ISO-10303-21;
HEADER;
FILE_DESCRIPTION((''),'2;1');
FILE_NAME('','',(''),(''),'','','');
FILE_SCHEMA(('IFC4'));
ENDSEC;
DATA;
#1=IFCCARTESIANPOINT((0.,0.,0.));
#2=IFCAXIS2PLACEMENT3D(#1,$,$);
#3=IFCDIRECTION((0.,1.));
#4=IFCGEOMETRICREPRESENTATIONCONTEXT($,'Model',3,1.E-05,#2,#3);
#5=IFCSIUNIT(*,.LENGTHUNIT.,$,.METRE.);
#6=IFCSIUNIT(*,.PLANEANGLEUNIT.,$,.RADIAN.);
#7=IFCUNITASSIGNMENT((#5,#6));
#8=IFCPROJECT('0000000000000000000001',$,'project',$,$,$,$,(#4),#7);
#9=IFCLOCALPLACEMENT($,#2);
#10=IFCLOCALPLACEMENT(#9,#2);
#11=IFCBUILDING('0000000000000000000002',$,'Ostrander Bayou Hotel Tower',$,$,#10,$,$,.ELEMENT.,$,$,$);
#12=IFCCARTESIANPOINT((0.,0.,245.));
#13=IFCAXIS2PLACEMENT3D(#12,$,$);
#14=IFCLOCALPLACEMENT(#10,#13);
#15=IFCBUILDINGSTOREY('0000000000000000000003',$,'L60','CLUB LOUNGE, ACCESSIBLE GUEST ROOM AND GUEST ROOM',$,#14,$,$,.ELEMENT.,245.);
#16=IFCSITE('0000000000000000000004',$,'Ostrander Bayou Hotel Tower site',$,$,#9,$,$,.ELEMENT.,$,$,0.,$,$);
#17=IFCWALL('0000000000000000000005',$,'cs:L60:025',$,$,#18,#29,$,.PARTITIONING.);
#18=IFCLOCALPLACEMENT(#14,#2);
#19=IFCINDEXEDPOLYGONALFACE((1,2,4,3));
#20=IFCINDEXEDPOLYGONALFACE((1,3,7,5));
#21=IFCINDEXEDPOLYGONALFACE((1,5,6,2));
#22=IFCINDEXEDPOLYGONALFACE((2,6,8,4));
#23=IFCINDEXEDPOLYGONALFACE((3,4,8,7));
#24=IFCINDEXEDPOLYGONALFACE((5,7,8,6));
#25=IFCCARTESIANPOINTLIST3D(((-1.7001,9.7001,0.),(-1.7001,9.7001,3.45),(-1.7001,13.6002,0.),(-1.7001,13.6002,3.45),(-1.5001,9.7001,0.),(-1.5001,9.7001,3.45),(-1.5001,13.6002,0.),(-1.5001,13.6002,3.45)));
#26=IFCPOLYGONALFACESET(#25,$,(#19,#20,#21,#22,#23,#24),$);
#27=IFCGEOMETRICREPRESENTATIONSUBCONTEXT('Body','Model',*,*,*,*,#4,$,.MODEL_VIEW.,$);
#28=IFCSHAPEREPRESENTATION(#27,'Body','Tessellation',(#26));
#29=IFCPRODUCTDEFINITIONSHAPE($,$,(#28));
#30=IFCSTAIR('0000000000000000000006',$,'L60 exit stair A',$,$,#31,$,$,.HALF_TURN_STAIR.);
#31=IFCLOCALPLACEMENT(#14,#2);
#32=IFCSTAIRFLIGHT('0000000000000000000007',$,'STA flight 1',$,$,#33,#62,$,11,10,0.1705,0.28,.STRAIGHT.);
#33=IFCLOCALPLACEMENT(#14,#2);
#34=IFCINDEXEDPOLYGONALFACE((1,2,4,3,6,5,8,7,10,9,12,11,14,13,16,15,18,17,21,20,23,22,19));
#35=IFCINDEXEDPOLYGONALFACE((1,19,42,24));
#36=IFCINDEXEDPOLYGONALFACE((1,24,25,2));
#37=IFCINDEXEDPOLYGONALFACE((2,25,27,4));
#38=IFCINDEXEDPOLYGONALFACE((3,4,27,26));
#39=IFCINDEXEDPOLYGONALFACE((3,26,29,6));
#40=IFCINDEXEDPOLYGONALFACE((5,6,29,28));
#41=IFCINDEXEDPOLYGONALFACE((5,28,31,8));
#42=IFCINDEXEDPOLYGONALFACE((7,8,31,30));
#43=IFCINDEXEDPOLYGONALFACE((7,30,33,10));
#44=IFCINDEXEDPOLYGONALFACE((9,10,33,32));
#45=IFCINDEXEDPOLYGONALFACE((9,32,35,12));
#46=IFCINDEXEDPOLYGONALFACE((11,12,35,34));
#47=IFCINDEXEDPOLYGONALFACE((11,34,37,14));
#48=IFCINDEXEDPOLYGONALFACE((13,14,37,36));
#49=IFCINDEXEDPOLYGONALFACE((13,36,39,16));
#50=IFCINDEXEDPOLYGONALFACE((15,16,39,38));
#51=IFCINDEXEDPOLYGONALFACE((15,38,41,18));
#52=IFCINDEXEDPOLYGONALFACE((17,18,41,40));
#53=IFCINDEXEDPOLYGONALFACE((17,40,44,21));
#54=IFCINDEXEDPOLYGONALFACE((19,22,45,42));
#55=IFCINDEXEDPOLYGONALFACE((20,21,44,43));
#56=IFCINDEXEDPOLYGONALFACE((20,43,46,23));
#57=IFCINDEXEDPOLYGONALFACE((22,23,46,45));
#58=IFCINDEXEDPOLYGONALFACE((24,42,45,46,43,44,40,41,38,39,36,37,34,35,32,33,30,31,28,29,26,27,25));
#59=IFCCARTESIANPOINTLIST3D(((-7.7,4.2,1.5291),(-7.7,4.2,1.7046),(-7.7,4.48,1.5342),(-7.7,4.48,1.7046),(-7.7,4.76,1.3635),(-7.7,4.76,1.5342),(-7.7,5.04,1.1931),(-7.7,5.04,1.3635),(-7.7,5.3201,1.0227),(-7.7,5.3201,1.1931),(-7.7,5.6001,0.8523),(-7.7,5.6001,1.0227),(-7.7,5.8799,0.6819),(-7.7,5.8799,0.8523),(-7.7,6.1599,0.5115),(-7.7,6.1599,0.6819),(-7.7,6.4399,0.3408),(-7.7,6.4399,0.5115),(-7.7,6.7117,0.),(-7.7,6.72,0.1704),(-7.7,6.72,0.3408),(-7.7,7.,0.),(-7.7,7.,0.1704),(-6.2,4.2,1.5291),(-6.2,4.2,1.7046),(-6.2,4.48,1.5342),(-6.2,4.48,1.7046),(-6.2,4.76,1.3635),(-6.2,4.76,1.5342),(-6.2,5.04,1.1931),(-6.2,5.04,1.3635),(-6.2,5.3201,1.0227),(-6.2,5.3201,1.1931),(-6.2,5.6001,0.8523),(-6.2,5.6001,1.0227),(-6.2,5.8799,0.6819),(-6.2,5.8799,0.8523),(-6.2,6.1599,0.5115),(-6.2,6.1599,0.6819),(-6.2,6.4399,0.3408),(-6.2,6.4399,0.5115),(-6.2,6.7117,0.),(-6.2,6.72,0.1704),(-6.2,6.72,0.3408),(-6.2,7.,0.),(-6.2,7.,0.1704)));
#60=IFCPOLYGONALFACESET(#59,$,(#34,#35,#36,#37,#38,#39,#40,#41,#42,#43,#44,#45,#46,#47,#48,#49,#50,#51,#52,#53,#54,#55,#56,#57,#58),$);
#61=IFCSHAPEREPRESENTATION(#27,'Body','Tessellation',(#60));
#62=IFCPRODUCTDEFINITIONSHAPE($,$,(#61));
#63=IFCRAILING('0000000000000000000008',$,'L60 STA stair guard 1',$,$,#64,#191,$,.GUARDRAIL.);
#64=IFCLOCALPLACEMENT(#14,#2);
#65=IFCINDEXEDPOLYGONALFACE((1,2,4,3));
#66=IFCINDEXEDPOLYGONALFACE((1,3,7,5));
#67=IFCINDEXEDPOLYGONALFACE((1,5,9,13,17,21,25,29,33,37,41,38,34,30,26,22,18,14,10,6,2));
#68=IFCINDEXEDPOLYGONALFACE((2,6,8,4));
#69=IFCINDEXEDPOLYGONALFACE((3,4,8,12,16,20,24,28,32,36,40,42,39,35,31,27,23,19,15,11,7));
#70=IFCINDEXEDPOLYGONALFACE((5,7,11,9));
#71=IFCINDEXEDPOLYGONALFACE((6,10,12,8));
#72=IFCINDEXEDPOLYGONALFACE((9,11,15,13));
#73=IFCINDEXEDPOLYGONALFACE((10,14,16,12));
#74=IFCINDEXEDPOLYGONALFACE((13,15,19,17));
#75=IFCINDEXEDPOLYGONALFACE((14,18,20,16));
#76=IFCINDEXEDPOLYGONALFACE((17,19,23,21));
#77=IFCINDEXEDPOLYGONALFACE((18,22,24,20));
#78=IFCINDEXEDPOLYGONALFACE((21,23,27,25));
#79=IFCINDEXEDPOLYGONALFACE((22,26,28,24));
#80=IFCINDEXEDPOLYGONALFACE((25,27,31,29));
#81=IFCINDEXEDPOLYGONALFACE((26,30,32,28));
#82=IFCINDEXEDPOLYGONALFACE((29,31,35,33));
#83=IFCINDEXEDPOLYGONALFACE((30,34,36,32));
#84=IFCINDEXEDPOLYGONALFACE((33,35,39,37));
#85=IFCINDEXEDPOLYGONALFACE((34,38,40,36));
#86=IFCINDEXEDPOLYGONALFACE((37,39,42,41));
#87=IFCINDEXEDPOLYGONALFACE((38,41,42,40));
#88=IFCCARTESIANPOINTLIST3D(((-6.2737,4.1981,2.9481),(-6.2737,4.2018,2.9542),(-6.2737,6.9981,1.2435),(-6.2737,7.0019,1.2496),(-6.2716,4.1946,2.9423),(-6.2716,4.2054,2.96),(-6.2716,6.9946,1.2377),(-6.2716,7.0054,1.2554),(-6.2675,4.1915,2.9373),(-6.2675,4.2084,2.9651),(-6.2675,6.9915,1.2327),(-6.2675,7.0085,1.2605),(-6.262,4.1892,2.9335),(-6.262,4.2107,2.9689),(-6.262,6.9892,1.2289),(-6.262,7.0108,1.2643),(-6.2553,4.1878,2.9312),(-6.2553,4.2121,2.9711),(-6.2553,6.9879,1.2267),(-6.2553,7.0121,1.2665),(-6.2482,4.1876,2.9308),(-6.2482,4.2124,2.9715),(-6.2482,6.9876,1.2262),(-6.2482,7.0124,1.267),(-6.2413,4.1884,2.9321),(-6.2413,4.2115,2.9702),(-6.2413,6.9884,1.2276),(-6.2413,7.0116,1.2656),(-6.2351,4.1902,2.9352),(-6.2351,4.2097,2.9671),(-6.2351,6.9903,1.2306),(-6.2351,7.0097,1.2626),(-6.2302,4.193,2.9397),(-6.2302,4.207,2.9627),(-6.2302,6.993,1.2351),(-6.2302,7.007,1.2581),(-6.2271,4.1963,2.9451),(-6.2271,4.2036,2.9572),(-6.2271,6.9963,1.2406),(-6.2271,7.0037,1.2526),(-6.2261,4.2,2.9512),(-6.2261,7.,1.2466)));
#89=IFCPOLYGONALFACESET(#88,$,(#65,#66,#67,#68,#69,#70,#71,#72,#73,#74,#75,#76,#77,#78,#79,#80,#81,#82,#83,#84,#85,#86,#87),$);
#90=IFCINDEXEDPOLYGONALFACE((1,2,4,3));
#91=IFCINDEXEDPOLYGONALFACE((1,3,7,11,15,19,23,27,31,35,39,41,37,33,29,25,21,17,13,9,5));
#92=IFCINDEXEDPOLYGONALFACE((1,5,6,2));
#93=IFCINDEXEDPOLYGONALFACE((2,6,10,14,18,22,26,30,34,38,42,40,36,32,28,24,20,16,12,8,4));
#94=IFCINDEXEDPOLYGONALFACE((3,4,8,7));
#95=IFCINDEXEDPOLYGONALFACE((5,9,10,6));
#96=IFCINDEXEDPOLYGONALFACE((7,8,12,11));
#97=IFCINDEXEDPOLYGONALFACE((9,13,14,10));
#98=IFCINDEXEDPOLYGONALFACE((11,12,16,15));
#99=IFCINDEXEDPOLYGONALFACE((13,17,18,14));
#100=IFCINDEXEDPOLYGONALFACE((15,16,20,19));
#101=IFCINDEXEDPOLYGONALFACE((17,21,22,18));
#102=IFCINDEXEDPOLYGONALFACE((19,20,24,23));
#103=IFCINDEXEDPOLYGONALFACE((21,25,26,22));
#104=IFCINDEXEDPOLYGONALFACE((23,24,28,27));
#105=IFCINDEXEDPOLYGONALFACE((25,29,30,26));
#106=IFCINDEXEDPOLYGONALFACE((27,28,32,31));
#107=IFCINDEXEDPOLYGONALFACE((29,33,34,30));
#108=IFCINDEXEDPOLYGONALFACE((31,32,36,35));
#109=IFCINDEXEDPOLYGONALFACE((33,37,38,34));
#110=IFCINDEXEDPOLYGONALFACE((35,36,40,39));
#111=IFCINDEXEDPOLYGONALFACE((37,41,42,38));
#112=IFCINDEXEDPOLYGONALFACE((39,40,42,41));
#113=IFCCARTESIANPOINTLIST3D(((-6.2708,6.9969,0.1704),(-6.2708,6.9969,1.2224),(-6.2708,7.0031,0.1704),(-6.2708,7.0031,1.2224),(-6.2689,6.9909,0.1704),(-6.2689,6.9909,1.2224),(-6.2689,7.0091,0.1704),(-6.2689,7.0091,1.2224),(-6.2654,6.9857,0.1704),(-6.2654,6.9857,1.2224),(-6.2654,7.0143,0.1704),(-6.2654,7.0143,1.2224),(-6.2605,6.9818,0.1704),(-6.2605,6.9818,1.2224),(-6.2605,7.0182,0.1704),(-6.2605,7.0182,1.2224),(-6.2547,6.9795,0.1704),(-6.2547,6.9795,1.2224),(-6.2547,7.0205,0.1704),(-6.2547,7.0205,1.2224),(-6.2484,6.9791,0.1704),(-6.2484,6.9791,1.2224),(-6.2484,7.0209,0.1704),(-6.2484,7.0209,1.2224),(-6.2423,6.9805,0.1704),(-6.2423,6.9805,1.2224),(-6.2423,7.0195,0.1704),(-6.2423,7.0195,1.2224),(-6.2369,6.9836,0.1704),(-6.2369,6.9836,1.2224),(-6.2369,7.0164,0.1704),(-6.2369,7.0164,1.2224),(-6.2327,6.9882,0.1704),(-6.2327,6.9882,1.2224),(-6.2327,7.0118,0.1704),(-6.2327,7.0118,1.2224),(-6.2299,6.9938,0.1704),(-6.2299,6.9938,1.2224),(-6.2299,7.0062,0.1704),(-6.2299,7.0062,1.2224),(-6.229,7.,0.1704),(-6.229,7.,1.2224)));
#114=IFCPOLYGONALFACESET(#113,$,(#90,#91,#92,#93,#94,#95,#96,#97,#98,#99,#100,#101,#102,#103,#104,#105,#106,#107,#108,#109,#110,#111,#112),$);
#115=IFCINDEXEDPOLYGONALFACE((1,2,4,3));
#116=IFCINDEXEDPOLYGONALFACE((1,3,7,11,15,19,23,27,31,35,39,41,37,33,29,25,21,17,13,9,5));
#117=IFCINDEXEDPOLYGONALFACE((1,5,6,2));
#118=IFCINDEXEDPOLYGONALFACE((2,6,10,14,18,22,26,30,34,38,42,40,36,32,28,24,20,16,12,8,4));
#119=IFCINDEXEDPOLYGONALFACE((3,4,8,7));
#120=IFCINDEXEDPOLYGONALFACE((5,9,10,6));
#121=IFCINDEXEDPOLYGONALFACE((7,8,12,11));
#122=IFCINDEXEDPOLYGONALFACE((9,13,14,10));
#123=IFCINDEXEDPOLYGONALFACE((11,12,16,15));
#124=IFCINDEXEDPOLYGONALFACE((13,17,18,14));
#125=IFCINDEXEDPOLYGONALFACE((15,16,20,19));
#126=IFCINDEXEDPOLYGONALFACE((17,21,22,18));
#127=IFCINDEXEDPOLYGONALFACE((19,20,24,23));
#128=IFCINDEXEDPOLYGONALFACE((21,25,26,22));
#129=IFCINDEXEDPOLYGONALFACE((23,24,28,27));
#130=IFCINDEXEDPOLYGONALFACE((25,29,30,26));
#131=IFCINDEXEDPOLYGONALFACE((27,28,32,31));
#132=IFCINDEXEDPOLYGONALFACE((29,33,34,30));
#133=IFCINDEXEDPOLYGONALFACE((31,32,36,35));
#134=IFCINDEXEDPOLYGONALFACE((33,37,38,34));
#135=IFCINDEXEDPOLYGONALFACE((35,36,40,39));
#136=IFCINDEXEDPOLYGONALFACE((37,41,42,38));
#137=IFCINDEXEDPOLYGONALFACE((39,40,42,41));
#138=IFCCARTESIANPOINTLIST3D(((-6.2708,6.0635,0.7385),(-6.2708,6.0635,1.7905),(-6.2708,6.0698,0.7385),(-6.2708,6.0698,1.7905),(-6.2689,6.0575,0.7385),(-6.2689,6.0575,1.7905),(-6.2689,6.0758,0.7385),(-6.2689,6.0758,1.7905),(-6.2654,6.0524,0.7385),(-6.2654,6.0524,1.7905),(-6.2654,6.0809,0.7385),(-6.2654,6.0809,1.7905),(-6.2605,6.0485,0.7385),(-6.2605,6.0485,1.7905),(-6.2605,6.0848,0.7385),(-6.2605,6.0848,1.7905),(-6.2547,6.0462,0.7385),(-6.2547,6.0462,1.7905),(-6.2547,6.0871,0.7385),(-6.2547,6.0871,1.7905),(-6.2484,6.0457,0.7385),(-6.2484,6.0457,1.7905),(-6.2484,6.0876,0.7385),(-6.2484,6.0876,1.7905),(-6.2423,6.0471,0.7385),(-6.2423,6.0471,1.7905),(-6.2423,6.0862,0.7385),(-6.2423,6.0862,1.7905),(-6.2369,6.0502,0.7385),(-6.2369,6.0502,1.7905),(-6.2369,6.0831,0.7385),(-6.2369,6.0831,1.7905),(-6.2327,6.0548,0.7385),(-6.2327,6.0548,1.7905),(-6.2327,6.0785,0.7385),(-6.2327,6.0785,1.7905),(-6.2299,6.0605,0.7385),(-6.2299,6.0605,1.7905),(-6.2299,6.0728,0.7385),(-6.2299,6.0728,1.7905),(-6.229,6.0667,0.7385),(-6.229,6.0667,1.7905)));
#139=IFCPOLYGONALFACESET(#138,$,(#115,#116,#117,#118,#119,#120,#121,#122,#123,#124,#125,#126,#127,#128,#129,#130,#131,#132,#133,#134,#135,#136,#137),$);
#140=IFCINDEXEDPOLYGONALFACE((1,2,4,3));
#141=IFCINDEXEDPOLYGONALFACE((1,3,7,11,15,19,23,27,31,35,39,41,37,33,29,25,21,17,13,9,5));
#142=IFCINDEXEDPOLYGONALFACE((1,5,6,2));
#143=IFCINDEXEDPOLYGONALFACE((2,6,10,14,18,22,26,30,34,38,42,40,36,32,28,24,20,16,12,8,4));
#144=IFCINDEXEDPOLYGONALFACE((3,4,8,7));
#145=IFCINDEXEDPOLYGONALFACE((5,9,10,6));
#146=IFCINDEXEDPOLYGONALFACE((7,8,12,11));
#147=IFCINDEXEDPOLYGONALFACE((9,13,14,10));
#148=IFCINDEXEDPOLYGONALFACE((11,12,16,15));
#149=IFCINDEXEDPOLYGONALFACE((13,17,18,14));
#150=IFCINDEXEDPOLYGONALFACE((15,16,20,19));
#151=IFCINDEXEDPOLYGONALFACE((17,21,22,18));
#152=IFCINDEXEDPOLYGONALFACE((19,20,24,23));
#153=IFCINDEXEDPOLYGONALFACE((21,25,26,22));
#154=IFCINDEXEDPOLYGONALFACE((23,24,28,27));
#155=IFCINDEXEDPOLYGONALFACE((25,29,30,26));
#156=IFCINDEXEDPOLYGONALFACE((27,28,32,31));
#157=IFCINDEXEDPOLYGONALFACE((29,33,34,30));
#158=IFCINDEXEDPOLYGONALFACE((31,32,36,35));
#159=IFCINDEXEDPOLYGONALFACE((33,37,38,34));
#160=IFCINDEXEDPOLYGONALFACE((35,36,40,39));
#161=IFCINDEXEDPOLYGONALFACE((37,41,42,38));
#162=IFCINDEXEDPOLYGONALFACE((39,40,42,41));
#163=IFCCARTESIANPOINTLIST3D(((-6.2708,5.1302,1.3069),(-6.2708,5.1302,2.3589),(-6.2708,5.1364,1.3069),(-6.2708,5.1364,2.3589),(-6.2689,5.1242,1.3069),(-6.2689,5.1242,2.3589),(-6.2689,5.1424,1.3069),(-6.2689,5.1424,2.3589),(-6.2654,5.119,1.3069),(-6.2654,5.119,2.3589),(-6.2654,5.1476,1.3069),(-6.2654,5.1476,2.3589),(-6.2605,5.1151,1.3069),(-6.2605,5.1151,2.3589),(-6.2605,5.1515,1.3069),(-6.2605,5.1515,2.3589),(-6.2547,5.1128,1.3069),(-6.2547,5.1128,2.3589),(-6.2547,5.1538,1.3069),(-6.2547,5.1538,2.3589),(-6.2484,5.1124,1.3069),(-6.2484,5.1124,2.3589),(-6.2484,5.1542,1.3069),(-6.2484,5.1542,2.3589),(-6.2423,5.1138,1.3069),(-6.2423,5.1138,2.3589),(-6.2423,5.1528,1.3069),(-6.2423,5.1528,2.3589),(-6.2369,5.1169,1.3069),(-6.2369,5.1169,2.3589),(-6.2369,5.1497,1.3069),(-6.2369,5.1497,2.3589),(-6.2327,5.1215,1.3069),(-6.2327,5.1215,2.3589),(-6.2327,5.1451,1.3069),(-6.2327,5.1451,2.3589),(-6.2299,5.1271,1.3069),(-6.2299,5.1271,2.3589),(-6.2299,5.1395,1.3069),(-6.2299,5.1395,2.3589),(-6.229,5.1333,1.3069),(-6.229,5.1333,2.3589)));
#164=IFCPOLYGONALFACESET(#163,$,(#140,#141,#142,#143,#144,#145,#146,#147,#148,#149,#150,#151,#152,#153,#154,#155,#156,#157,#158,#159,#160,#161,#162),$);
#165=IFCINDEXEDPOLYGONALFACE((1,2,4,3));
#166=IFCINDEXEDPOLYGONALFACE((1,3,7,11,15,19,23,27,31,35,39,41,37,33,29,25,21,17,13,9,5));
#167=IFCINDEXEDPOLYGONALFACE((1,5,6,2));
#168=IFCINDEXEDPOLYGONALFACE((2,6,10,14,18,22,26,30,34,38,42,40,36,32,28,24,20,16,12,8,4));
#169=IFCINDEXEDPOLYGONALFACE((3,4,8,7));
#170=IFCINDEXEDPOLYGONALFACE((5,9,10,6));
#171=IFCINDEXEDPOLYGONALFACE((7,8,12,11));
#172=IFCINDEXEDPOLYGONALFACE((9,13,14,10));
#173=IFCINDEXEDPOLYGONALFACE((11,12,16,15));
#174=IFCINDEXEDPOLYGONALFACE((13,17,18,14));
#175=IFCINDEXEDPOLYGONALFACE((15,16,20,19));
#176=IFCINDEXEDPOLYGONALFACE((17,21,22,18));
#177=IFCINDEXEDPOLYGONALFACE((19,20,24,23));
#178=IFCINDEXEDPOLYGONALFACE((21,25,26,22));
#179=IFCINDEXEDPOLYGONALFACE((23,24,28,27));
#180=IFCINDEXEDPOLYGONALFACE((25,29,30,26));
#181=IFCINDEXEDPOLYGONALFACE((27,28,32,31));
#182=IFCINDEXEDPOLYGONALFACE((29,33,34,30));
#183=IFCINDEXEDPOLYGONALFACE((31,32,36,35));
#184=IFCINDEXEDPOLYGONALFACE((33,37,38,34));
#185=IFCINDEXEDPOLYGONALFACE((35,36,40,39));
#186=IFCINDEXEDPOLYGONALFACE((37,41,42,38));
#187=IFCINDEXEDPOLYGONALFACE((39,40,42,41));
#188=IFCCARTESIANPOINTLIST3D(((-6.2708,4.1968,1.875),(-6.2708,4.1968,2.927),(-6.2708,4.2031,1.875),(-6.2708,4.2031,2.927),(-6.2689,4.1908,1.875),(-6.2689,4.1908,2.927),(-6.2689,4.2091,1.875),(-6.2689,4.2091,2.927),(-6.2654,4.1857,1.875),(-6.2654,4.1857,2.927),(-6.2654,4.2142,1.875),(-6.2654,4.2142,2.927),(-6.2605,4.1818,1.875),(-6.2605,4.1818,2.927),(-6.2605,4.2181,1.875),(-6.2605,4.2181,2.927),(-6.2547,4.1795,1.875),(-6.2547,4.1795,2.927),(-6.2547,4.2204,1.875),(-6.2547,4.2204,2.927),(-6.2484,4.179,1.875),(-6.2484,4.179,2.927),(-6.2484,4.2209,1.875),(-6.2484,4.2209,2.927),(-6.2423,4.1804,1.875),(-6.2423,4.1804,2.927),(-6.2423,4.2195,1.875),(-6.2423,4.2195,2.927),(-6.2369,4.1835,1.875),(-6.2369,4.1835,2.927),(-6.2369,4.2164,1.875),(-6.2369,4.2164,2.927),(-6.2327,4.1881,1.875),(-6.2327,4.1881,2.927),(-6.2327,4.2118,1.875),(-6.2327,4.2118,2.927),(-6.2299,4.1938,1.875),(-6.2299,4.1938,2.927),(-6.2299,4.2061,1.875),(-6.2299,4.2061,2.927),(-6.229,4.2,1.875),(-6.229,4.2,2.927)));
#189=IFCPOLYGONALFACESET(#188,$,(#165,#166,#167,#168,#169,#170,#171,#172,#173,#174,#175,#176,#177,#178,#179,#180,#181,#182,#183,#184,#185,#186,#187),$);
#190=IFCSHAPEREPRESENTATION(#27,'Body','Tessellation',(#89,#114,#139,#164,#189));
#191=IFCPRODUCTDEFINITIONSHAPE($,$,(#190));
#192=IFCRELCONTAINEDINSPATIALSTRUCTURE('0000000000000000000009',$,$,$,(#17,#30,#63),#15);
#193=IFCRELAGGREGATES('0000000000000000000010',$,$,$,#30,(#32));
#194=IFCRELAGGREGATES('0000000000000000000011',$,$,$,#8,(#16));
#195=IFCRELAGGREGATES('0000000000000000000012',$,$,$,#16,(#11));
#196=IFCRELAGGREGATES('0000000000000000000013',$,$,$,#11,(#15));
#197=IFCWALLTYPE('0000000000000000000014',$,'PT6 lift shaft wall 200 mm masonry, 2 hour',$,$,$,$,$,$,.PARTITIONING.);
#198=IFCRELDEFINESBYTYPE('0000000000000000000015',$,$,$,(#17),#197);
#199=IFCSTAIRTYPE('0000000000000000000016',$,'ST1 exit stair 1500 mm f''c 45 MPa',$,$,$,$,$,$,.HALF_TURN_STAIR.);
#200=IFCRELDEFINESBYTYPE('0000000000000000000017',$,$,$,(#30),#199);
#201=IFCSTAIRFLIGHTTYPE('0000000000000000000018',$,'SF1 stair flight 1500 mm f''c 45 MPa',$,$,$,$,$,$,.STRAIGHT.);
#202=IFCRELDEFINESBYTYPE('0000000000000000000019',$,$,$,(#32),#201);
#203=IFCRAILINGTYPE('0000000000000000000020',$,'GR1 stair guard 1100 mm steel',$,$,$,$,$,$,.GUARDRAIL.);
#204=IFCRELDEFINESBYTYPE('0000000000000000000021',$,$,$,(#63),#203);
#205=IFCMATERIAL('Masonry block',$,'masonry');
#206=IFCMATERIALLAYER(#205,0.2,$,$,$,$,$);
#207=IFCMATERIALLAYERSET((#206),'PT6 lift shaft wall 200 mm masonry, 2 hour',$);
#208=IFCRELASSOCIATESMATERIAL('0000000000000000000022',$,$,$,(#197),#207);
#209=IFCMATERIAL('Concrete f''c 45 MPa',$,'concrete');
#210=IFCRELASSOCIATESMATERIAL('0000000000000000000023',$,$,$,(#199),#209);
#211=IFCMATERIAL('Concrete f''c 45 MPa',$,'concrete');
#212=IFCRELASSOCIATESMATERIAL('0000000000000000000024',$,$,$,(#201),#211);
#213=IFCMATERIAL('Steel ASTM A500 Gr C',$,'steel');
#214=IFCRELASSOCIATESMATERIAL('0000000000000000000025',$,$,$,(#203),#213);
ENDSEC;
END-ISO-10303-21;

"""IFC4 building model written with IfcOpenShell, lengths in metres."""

from ifc_helpers import new_model, si_unit, direction, frame, frame_2d, origin, origin_2d, place, context, subcontext, project, spatial, polyline, rectangle, circle, outline, extrude, material, layer, layer_set, type_object, element, aggregate, save


model = new_model("IFC4")

# Units and contexts
model_context = context("Model", 3, precision=1e-05, world=origin(), true_north=direction((0.0, 1.0)))
body_context = subcontext(model_context, "Body", "Model", "MODEL_VIEW")
ifc_project = project(units=[si_unit("LENGTHUNIT", "METRE"), si_unit("PLANEANGLEUNIT", "RADIAN")], contexts=[model_context])

# Site, building, storey
site_placement = place(None, origin())
site = spatial("IfcSite", under=ifc_project, at=site_placement, Name="Ostrander Bayou Hotel Tower site", CompositionType="ELEMENT", RefElevation=0.0)
building_placement = place(site_placement, origin())
building = spatial("IfcBuilding", under=site, at=building_placement, Name="Ostrander Bayou Hotel Tower", CompositionType="ELEMENT")
storey_placement = place(building_placement, frame((0.0, 0.0, 245.0)))
storey = spatial("IfcBuildingStorey", under=building, at=storey_placement, Name="L60", Description="CLUB LOUNGE, ACCESSIBLE GUEST ROOM AND GUEST ROOM", CompositionType="ELEMENT", Elevation=245.0)

# Shared definitions
ifc_material_1 = material(Name="Masonry block", Category="masonry")
ifc_layer_1 = layer(ifc_material_1, 0.2)
ifc_layer_set_1 = layer_set([ifc_layer_1], Name="PT6 lift shaft wall 200 mm masonry, 2 hour")
wall_type_1 = type_object("IfcWallType", Name="PT6 lift shaft wall 200 mm masonry, 2 hour", PredefinedType="PARTITIONING", material=ifc_layer_set_1)

# Wall
wall_1_placement = place(storey_placement, frame((-1.6001, 9.7, 0.0), z_axis=(0.0, 0.0, 1.0), x_axis=(0.0, 1.0, 0.0)))
element("IfcWall", 1, at=wall_1_placement, inside=storey, type_object=wall_type_1, Name="cs:L60:025", PredefinedType="PARTITIONING", context=body_context, shape_type="SweptSolid", body=[
    extrude(rectangle(XDim=3.9001, YDim=0.2, at=frame_2d((1.9502, 0.0))), origin(), (0.0, 0.0, 1.0), 3.45),
])

# Stair, stair flight
ifc_material_2 = material(Name="Concrete f'c 45 MPa", Category="concrete")
stair_type = type_object("IfcStairType", Name="ST1 exit stair 1500 mm f'c 45 MPa", PredefinedType="HALF_TURN_STAIR", material=ifc_material_2)
stair_placement = place(storey_placement, origin())
stair = element("IfcStair", 2, at=stair_placement, inside=storey, type_object=stair_type, Name="L60 exit stair A", PredefinedType="HALF_TURN_STAIR")
ifc_material_3 = material(Name="Concrete f'c 45 MPa", Category="concrete")
stair_flight_type = type_object("IfcStairFlightType", Name="SF1 stair flight 1500 mm f'c 45 MPa", PredefinedType="STRAIGHT", material=ifc_material_3)
stair_flight_placement = place(storey_placement, frame((-6.95, 7.0, 0.0), z_axis=(0.0, 0.0, 1.0), x_axis=(0.0, -1.0, 0.0)))
stair_flight = element("IfcStairFlight", 3, at=stair_flight_placement, type_object=stair_flight_type, Name="STA flight 1", NumberOfRisers=11, NumberOfTreads=10, PredefinedType="STRAIGHT", RiserHeight=0.1705, TreadLength=0.28, context=body_context, shape_type="SweptSolid", body=[
    extrude(outline(polyline([(0.0, 0.0), (0.0, 0.1704), (0.28, 0.1704), (0.28, 0.3408), (0.5601, 0.3408), (0.5601, 0.5115), (0.8401, 0.5115), (0.8401, 0.6819), (1.1201, 0.6819), (1.1201, 0.8523), (1.3999, 0.8523), (1.3999, 1.0227), (1.6799, 1.0227), (1.6799, 1.1931), (1.96, 1.1931), (1.96, 1.3635), (2.24, 1.3635), (2.24, 1.5342), (2.52, 1.5342), (2.52, 1.7046), (2.8, 1.7046), (2.8, 1.875), (2.8, 1.5291), (0.2883, 0.0), (0.0, 0.0)])), frame((0.0, 0.75, 0.0), z_axis=(0.0, -1.0, 0.0), x_axis=(1.0, 0.0, 0.0)), (0.0, 0.0, 1.0), 1.5),
])
aggregate(stair, [stair_flight])

# Railing
ifc_material_4 = material(Name="Steel ASTM A500 Gr C", Category="steel")
railing_type_1 = type_object("IfcRailingType", Name="GR1 stair guard 1100 mm steel", PredefinedType="GUARDRAIL", material=ifc_material_4)
railing_1_placement = place(storey_placement, frame((-6.25, 7.0, 0.1704)))
element("IfcRailing", 4, at=railing_1_placement, inside=storey, type_object=railing_type_1, Name="L60 STA stair guard 1", PredefinedType="GUARDRAIL", context=body_context, shape_type="SweptSolid", body=[
    extrude(circle(Radius=0.0239, at=origin_2d()), frame((0.0, 0.0, 1.0762), z_axis=(0.0, -0.85417, 0.519994), x_axis=(1.0, 0.0, 0.0)), (0.0, 0.0, 1.0), 3.2781),
    extrude(circle(Radius=0.021, at=origin_2d()), origin(), (0.0, 0.0, 1.0), 1.052),
    extrude(circle(Radius=0.021, at=origin_2d()), frame((0.0, -0.9333, 0.5681)), (0.0, 0.0, 1.0), 1.052),
    extrude(circle(Radius=0.021, at=origin_2d()), frame((0.0, -1.8667, 1.1365)), (0.0, 0.0, 1.0), 1.052),
    extrude(circle(Radius=0.021, at=origin_2d()), frame((0.0, -2.8, 1.7046)), (0.0, 0.0, 1.0), 1.052),
])

save(model, "model.ifc")
